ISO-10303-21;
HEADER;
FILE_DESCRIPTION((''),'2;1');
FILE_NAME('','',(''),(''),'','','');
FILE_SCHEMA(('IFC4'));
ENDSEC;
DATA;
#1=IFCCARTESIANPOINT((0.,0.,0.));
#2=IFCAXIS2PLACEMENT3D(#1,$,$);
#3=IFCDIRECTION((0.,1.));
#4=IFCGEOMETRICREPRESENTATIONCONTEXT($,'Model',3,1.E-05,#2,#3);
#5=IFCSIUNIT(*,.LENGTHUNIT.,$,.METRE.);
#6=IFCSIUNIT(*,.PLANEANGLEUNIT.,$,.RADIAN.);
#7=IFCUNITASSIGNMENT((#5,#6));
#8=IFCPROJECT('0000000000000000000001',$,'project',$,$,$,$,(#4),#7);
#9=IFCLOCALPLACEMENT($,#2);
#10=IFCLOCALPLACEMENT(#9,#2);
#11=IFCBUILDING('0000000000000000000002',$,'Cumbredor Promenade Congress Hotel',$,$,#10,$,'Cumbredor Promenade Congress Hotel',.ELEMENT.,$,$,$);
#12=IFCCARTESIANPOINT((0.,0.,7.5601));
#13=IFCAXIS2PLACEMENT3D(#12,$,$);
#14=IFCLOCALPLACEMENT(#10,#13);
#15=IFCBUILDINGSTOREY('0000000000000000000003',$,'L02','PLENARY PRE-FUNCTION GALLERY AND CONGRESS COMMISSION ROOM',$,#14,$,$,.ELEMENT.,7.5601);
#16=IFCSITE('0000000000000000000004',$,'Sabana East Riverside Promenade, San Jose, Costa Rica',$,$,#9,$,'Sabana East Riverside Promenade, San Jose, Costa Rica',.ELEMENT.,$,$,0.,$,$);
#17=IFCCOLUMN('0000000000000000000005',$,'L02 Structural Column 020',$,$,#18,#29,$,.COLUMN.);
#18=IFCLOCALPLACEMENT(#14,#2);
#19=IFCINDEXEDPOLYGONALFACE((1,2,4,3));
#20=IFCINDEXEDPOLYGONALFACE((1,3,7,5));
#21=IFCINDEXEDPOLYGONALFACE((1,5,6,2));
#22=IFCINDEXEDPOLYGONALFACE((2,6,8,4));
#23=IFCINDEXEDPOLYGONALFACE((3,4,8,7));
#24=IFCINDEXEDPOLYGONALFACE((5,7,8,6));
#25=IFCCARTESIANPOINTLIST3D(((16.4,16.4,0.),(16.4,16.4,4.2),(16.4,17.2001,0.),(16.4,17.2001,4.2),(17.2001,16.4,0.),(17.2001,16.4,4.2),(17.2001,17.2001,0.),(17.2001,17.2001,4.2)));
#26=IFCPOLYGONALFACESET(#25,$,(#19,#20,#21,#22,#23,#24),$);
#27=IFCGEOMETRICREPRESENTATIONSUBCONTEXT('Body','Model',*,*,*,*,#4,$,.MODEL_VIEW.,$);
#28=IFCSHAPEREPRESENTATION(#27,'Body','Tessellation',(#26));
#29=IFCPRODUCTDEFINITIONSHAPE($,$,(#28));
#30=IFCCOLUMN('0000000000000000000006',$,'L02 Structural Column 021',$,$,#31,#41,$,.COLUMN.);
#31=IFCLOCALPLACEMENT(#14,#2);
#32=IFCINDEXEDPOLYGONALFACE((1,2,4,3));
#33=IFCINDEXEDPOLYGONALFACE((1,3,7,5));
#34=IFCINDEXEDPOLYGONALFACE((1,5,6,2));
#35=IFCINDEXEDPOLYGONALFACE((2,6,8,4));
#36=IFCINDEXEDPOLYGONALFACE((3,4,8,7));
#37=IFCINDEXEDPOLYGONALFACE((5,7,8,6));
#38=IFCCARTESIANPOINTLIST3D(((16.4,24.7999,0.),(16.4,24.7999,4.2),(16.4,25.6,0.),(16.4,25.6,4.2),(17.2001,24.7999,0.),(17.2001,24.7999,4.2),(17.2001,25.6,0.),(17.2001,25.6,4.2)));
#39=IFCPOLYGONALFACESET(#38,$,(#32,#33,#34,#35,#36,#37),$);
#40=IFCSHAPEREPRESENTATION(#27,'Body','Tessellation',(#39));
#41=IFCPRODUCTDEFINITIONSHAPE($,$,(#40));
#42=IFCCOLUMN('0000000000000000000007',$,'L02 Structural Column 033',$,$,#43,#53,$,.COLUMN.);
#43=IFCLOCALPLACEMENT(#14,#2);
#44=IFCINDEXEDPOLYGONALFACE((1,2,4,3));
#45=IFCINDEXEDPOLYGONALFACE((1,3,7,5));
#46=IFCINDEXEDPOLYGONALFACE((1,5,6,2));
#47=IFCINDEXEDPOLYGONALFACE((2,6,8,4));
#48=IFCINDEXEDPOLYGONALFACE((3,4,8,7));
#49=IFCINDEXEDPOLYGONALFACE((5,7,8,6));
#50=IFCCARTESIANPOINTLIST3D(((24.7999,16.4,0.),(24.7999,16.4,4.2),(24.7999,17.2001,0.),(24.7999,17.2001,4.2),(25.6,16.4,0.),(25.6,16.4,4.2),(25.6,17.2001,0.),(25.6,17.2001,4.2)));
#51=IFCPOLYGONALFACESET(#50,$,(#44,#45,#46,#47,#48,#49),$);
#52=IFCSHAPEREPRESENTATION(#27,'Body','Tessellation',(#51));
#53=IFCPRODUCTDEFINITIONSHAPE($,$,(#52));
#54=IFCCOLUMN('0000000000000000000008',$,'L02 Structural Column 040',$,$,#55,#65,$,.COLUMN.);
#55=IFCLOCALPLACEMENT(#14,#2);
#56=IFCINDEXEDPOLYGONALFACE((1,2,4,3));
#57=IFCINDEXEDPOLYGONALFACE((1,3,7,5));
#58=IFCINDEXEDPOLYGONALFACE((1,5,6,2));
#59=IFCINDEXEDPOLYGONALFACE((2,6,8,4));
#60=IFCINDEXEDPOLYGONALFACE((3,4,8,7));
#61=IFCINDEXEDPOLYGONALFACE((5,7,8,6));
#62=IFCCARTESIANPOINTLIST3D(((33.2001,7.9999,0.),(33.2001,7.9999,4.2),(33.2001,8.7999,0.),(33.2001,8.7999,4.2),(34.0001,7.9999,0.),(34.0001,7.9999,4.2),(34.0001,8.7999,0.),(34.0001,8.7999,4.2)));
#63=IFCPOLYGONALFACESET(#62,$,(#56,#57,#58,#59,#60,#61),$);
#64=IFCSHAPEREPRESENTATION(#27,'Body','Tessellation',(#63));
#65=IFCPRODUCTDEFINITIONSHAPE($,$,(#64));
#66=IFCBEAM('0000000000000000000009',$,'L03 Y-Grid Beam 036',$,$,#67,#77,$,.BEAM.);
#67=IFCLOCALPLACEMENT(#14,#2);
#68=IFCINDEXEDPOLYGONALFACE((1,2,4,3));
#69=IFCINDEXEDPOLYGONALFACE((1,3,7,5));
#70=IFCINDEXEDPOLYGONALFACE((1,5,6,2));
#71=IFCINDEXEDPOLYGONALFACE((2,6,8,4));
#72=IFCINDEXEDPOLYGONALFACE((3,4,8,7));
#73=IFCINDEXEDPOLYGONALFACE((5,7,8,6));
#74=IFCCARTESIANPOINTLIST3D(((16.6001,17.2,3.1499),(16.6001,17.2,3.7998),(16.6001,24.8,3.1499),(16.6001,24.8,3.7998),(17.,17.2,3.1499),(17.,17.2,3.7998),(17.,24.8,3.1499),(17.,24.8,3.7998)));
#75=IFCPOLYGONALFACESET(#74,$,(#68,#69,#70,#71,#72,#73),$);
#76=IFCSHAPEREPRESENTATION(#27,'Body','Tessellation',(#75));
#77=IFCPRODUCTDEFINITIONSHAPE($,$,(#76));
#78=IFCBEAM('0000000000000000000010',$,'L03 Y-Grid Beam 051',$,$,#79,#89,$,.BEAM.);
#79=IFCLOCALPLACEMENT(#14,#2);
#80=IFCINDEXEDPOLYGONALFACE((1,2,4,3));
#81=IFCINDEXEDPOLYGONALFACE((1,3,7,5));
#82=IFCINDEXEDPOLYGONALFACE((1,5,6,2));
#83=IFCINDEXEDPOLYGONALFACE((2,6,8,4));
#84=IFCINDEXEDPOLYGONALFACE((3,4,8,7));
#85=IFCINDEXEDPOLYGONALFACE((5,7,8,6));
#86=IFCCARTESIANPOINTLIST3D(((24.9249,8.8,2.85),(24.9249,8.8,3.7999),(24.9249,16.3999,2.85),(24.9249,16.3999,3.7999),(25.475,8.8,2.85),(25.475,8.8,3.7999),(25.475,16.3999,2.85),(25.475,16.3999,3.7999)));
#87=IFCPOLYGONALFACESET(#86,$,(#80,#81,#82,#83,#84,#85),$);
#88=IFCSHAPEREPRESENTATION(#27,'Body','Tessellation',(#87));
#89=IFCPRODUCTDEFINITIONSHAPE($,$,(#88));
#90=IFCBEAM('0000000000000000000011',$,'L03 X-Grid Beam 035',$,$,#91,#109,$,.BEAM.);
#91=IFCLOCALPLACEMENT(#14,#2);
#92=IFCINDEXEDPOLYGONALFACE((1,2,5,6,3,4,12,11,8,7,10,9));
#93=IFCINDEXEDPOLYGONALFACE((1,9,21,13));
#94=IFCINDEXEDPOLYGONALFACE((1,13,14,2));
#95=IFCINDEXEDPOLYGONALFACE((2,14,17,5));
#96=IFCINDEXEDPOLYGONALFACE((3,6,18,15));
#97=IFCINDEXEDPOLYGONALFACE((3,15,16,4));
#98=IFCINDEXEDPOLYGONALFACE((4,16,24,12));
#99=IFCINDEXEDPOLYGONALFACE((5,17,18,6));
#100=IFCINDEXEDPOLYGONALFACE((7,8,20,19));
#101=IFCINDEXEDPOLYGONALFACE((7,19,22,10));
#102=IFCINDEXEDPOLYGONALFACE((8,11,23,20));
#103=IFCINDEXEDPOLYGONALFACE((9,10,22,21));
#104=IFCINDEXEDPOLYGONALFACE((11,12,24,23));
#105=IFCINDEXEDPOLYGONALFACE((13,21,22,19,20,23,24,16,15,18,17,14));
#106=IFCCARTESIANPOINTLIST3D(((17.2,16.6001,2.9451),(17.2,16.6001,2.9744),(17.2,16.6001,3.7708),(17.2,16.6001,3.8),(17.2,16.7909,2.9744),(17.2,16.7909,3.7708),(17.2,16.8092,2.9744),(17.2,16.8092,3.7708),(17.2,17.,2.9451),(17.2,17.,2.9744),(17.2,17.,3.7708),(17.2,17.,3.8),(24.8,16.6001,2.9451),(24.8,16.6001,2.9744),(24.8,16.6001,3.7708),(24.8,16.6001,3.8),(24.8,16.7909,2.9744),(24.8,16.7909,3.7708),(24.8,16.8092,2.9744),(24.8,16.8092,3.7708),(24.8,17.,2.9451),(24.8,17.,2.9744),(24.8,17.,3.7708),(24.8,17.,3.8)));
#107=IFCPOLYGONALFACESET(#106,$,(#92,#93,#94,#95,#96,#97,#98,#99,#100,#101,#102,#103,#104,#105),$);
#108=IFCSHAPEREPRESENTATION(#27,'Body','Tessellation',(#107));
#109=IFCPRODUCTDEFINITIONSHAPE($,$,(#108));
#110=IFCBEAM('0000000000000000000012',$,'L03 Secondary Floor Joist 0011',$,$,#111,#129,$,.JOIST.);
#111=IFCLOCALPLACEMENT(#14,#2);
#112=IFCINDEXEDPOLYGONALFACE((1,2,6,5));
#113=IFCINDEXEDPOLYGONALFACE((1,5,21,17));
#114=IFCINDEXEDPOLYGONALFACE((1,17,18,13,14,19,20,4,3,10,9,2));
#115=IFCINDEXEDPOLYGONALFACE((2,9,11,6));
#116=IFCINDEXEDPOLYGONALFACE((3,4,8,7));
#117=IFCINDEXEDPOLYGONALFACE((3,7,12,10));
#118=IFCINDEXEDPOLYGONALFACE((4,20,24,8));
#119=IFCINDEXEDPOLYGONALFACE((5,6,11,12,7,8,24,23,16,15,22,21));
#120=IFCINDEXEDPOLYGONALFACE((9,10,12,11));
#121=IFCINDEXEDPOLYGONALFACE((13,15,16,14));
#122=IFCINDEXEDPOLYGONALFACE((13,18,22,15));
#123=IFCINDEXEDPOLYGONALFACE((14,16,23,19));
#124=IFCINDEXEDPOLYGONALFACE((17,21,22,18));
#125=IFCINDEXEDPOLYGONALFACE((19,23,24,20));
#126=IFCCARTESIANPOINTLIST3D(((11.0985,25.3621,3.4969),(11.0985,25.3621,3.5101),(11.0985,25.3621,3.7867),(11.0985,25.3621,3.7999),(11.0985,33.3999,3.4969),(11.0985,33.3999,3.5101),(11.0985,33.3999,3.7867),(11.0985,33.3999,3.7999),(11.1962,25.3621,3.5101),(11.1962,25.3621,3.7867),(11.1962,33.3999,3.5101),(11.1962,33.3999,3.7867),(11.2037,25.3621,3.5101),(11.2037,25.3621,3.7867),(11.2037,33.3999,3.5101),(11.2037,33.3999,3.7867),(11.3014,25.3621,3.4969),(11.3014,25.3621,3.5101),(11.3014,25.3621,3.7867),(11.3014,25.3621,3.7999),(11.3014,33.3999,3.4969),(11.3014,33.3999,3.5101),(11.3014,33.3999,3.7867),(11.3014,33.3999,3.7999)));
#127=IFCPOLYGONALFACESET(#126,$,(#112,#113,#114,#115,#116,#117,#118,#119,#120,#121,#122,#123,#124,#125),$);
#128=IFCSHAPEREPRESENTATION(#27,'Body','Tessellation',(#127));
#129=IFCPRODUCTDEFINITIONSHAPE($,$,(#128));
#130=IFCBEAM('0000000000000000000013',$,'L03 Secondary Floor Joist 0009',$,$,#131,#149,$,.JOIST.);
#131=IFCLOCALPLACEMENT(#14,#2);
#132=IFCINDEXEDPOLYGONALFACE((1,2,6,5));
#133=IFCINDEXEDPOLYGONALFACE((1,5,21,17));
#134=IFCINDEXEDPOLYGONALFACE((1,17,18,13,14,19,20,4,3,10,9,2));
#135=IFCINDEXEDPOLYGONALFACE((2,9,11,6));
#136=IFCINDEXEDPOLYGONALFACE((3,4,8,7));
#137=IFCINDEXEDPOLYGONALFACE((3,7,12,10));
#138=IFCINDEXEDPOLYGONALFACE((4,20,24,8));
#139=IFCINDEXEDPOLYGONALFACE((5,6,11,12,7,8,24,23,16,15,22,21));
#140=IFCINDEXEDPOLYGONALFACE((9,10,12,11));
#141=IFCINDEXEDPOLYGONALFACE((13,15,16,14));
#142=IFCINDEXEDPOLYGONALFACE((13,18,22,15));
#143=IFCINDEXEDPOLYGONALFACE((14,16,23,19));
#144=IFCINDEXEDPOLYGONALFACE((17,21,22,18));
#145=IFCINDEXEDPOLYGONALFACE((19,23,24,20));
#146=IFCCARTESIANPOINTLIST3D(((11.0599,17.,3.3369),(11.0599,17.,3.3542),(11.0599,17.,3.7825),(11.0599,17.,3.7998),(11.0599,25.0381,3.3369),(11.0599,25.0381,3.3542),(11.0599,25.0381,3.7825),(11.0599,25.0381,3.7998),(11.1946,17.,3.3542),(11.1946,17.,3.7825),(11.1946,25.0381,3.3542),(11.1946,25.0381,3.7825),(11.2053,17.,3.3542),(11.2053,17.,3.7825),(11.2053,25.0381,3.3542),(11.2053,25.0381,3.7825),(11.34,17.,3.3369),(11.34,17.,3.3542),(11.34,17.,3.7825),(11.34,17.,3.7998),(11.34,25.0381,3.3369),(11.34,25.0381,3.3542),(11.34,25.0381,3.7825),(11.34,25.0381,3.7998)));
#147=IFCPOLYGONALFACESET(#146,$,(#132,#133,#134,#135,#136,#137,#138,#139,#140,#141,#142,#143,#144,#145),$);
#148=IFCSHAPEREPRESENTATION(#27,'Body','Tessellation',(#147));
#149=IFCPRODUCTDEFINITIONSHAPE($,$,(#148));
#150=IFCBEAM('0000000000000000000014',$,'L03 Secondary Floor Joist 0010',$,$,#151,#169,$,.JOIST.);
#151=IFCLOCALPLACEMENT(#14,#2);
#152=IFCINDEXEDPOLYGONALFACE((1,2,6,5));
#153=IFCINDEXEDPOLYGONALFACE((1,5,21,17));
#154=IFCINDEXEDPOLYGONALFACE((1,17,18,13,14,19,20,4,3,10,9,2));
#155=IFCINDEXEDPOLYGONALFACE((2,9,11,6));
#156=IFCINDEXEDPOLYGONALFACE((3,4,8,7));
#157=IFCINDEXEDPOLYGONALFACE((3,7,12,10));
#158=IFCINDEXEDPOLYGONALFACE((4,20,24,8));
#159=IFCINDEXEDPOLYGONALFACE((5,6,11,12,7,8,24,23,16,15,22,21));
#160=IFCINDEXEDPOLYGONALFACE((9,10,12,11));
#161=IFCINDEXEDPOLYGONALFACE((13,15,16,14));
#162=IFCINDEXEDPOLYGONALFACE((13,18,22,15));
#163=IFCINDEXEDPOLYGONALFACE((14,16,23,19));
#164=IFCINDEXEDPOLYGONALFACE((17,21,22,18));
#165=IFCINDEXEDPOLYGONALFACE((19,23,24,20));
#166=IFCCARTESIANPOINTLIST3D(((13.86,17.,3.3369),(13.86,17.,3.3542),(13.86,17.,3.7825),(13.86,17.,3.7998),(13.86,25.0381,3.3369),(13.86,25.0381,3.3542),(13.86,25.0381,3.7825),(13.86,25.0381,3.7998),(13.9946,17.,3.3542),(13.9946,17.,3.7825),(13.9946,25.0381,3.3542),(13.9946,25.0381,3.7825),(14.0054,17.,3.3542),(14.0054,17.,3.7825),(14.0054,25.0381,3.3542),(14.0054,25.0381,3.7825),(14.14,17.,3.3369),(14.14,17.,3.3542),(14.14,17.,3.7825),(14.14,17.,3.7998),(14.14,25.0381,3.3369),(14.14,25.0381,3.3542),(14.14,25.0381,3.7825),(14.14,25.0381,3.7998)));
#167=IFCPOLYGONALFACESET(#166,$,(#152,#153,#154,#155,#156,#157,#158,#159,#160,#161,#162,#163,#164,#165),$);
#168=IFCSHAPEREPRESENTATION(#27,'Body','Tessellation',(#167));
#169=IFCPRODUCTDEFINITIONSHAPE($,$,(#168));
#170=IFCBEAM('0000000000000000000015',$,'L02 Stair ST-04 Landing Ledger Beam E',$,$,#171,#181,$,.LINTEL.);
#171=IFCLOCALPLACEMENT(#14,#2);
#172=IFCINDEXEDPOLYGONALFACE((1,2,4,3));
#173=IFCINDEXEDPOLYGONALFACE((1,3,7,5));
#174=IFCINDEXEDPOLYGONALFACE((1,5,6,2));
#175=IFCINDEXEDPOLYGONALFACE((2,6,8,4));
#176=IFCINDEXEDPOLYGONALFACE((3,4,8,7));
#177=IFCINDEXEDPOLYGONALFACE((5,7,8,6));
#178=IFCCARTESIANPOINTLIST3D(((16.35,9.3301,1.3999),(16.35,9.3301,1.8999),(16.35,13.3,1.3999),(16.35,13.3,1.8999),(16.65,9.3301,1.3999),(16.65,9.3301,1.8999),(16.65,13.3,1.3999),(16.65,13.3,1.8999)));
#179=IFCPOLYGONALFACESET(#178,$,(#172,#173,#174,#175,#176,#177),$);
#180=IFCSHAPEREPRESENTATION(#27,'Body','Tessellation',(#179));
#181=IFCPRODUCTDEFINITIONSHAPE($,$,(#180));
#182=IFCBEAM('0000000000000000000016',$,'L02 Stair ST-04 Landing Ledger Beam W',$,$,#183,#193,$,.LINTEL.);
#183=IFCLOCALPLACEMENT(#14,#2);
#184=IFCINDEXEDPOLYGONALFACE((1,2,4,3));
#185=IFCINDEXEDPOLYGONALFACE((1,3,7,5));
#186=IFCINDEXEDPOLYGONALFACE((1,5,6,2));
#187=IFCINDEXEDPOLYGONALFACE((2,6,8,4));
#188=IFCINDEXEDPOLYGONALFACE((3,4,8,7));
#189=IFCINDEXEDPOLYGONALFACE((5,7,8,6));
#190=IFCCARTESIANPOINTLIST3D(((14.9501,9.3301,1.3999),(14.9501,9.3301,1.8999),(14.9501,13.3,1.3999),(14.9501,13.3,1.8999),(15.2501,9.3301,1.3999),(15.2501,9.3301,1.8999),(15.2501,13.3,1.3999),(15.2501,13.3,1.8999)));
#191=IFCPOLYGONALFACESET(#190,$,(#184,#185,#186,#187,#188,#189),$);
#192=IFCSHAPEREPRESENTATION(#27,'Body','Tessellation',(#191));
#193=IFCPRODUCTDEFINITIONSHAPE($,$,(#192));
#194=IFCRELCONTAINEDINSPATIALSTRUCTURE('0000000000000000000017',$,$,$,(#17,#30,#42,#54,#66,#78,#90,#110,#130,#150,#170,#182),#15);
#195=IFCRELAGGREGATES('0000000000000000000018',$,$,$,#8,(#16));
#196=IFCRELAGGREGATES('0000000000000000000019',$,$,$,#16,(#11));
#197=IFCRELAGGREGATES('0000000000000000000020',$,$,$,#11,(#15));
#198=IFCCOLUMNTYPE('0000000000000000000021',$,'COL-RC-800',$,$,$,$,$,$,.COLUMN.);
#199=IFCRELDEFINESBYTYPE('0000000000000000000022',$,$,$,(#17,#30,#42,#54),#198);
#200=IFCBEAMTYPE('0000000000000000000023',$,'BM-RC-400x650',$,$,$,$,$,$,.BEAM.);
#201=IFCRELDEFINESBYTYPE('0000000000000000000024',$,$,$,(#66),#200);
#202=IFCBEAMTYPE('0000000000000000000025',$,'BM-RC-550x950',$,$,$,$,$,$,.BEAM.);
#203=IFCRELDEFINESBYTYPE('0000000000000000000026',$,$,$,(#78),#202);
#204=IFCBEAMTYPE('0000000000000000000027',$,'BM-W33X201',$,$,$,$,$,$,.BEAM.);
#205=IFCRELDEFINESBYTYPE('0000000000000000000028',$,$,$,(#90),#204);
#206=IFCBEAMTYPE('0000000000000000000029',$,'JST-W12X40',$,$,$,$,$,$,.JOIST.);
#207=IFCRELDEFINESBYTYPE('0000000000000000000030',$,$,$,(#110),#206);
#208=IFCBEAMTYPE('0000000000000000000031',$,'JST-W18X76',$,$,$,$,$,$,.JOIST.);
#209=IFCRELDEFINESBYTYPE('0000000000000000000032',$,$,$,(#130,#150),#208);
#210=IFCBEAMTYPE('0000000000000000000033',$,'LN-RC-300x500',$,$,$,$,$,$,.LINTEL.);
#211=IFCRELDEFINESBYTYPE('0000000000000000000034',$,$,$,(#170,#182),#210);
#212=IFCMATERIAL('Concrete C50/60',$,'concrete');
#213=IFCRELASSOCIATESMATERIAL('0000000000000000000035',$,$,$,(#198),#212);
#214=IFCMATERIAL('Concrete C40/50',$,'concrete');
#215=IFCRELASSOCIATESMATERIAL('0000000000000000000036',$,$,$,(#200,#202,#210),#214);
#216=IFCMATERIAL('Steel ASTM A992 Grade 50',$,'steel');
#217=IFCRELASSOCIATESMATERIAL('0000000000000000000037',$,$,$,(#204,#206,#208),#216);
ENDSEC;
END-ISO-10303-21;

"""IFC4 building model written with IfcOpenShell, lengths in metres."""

from ifc_helpers import new_model, si_unit, direction, frame, origin, origin_2d, place, context, subcontext, project, spatial, rectangle, i_section, extrude, material, material_profile, profile_set, type_object, element, save


model = new_model("IFC4")

# Units and contexts
model_context = context("Model", 3, precision=1e-05, world=origin(), true_north=direction((0.0, 1.0)))
body_context = subcontext(model_context, "Body", "Model", "MODEL_VIEW")
ifc_project = project(units=[si_unit("LENGTHUNIT", "METRE"), si_unit("PLANEANGLEUNIT", "RADIAN")], contexts=[model_context])

# Site, building, storey
site_placement = place(None, origin())
site = spatial("IfcSite", under=ifc_project, at=site_placement, Name="Sabana East Riverside Promenade, San Jose, Costa Rica", LongName="Sabana East Riverside Promenade, San Jose, Costa Rica", CompositionType="ELEMENT", RefElevation=0.0)
building_placement = place(site_placement, origin())
building = spatial("IfcBuilding", under=site, at=building_placement, Name="Cumbredor Promenade Congress Hotel", LongName="Cumbredor Promenade Congress Hotel", CompositionType="ELEMENT")
storey_placement = place(building_placement, frame((0.0, 0.0, 7.5601)))
storey = spatial("IfcBuildingStorey", under=building, at=storey_placement, Name="L02", Description="PLENARY PRE-FUNCTION GALLERY AND CONGRESS COMMISSION ROOM", CompositionType="ELEMENT", Elevation=7.5601)

# Columns
ifc_material_1 = material(Name="Concrete C50/60", Category="concrete")
ifc_material_profile_1 = material_profile(ifc_material_1, rectangle(XDim=0.8, YDim=0.8, at=origin_2d()), Name="RC 800x800")
ifc_profile_set_1 = profile_set([ifc_material_profile_1], Name="Concrete C50/60")
column_type = type_object("IfcColumnType", Name="COL-RC-800", PredefinedType="COLUMN", material=ifc_profile_set_1)
for number, where, z_axis, x_axis, name in (
    (1, (16.8, 16.8, 0.0), (0.0, 0.0, 1.0), (1.0, 0.0, 0.0), "L02 Structural Column 020"),
    (2, (16.8, 25.2, 0.0), (0.0, 0.0, 1.0), (1.0, 0.0, 0.0), "L02 Structural Column 021"),
    (3, (25.2, 16.8, 0.0), (0.0, 0.0, 1.0), (1.0, 0.0, 0.0), "L02 Structural Column 033"),
    (4, (33.6001, 8.3999, 0.0), (0.0, 0.0, 1.0), (1.0, 0.0, 0.0), "L02 Structural Column 040"),
):
    element("IfcColumn", number, at=place(storey_placement, frame(where, z_axis=z_axis, x_axis=x_axis)), inside=storey, type_object=column_type, Name=name, PredefinedType="COLUMN", context=body_context, shape_type="SweptSolid", body=[
        extrude(rectangle(XDim=0.8, YDim=0.8, at=origin_2d()), origin(), (0.0, 0.0, 1.0), 4.2),
    ])

# Beams
ifc_material_2 = material(Name="Concrete C40/50", Category="concrete")
ifc_material_profile_2 = material_profile(ifc_material_2, rectangle(XDim=0.3999, YDim=0.6499, at=origin_2d()), Name="RC BEAM 400x650")
ifc_profile_set_2 = profile_set([ifc_material_profile_2], Name="Concrete C40/50")
beam_type_1 = type_object("IfcBeamType", Name="BM-RC-400x650", PredefinedType="BEAM", material=ifc_profile_set_2)
beam_1_placement = place(storey_placement, frame((16.8, 17.2, 3.4749), z_axis=(0.0, 1.0, 0.0), x_axis=(-1.0, 0.0, 0.0)))
element("IfcBeam", 5, at=beam_1_placement, inside=storey, type_object=beam_type_1, Name="L03 Y-Grid Beam 036", PredefinedType="BEAM", context=body_context, shape_type="SweptSolid", body=[
    extrude(rectangle(XDim=0.3999, YDim=0.6499, at=origin_2d()), origin(), (0.0, 0.0, 1.0), 7.6001),
])
ifc_material_profile_3 = material_profile(ifc_material_2, rectangle(XDim=0.55, YDim=0.95, at=origin_2d()), Name="RC BEAM 550x950")
ifc_profile_set_3 = profile_set([ifc_material_profile_3], Name="Concrete C40/50")
beam_type_2 = type_object("IfcBeamType", Name="BM-RC-550x950", PredefinedType="BEAM", material=ifc_profile_set_3)
beam_2_placement = place(storey_placement, frame((25.2, 8.8, 3.325), z_axis=(0.0, 1.0, 0.0), x_axis=(-1.0, 0.0, 0.0)))
element("IfcBeam", 6, at=beam_2_placement, inside=storey, type_object=beam_type_2, Name="L03 Y-Grid Beam 051", PredefinedType="BEAM", context=body_context, shape_type="SweptSolid", body=[
    extrude(rectangle(XDim=0.55, YDim=0.95, at=origin_2d()), origin(), (0.0, 0.0, 1.0), 7.5999),
])
ifc_material_3 = material(Name="Steel ASTM A992 Grade 50", Category="steel")
ifc_material_profile_4 = material_profile(ifc_material_3, i_section(OverallWidth=0.3999, OverallDepth=0.855, WebThickness=0.0183, FlangeThickness=0.0293, at=origin_2d()), Name="W33X201")
ifc_profile_set_4 = profile_set([ifc_material_profile_4], Name="Steel ASTM A992 Grade 50")
beam_type_3 = type_object("IfcBeamType", Name="BM-W33X201", PredefinedType="BEAM", material=ifc_profile_set_4)
beam_3_placement = place(storey_placement, frame((17.2, 16.8, 3.3726), z_axis=(1.0, 0.0, 0.0), x_axis=(0.0, 1.0, 0.0)))
element("IfcBeam", 7, at=beam_3_placement, inside=storey, type_object=beam_type_3, Name="L03 X-Grid Beam 035", PredefinedType="BEAM", context=body_context, shape_type="SweptSolid", body=[
    extrude(i_section(OverallWidth=0.3999, OverallDepth=0.855, WebThickness=0.0183, FlangeThickness=0.0293, at=origin_2d()), origin(), (0.0, 0.0, 1.0), 7.6001),
])
ifc_material_profile_5 = material_profile(ifc_material_3, i_section(OverallWidth=0.2029, OverallDepth=0.303, WebThickness=0.0076, FlangeThickness=0.0132, at=origin_2d()), Name="W12X40")
ifc_profile_set_5 = profile_set([ifc_material_profile_5], Name="Steel ASTM A992 Grade 50")
beam_type_4 = type_object("IfcBeamType", Name="JST-W12X40", PredefinedType="JOIST", material=ifc_profile_set_5)
beam_4_placement = place(storey_placement, frame((11.2, 25.3621, 3.6484), z_axis=(0.0, 1.0, 0.0), x_axis=(-1.0, 0.0, 0.0)))
element("IfcBeam", 8, at=beam_4_placement, inside=storey, type_object=beam_type_4, Name="L03 Secondary Floor Joist 0011", PredefinedType="JOIST", context=body_context, shape_type="SweptSolid", body=[
    extrude(i_section(OverallWidth=0.2029, OverallDepth=0.303, WebThickness=0.0076, FlangeThickness=0.0132, at=origin_2d()), origin(), (0.0, 0.0, 1.0), 8.0378),
])
ifc_material_profile_6 = material_profile(ifc_material_3, i_section(OverallWidth=0.28, OverallDepth=0.4629, WebThickness=0.0107, FlangeThickness=0.0173, at=origin_2d()), Name="W18X76")
ifc_profile_set_6 = profile_set([ifc_material_profile_6], Name="Steel ASTM A992 Grade 50")
beam_type_5 = type_object("IfcBeamType", Name="JST-W18X76", PredefinedType="JOIST", material=ifc_profile_set_6)
for number, where, z_axis, x_axis, name in (
    (9, (11.2, 17.0, 3.5684), (0.0, 1.0, 0.0), (-1.0, 0.0, 0.0), "L03 Secondary Floor Joist 0009"),
    (10, (14.0, 17.0, 3.5684), (0.0, 1.0, 0.0), (-1.0, 0.0, 0.0), "L03 Secondary Floor Joist 0010"),
):
    element("IfcBeam", number, at=place(storey_placement, frame(where, z_axis=z_axis, x_axis=x_axis)), inside=storey, type_object=beam_type_5, Name=name, PredefinedType="JOIST", context=body_context, shape_type="SweptSolid", body=[
        extrude(i_section(OverallWidth=0.28, OverallDepth=0.4629, WebThickness=0.0107, FlangeThickness=0.0173, at=origin_2d()), origin(), (0.0, 0.0, 1.0), 8.0381),
    ])
ifc_material_profile_7 = material_profile(ifc_material_2, rectangle(XDim=0.3, YDim=0.5, at=origin_2d()), Name="RC LINTEL 300x500")
ifc_profile_set_7 = profile_set([ifc_material_profile_7], Name="Concrete C40/50")
beam_type_6 = type_object("IfcBeamType", Name="LN-RC-300x500", PredefinedType="LINTEL", material=ifc_profile_set_7)
for number, where, z_axis, x_axis, name in (
    (11, (16.5, 9.3301, 1.6499), (0.0, 1.0, 0.0), (-1.0, 0.0, 0.0), "L02 Stair ST-04 Landing Ledger Beam E"),
    (12, (15.1001, 9.3301, 1.6499), (0.0, 1.0, 0.0), (-1.0, 0.0, 0.0), "L02 Stair ST-04 Landing Ledger Beam W"),
):
    element("IfcBeam", number, at=place(storey_placement, frame(where, z_axis=z_axis, x_axis=x_axis)), inside=storey, type_object=beam_type_6, Name=name, PredefinedType="LINTEL", context=body_context, shape_type="SweptSolid", body=[
        extrude(rectangle(XDim=0.3, YDim=0.5, at=origin_2d()), origin(), (0.0, 0.0, 1.0), 3.97),
    ])

save(model, "model.ifc")
